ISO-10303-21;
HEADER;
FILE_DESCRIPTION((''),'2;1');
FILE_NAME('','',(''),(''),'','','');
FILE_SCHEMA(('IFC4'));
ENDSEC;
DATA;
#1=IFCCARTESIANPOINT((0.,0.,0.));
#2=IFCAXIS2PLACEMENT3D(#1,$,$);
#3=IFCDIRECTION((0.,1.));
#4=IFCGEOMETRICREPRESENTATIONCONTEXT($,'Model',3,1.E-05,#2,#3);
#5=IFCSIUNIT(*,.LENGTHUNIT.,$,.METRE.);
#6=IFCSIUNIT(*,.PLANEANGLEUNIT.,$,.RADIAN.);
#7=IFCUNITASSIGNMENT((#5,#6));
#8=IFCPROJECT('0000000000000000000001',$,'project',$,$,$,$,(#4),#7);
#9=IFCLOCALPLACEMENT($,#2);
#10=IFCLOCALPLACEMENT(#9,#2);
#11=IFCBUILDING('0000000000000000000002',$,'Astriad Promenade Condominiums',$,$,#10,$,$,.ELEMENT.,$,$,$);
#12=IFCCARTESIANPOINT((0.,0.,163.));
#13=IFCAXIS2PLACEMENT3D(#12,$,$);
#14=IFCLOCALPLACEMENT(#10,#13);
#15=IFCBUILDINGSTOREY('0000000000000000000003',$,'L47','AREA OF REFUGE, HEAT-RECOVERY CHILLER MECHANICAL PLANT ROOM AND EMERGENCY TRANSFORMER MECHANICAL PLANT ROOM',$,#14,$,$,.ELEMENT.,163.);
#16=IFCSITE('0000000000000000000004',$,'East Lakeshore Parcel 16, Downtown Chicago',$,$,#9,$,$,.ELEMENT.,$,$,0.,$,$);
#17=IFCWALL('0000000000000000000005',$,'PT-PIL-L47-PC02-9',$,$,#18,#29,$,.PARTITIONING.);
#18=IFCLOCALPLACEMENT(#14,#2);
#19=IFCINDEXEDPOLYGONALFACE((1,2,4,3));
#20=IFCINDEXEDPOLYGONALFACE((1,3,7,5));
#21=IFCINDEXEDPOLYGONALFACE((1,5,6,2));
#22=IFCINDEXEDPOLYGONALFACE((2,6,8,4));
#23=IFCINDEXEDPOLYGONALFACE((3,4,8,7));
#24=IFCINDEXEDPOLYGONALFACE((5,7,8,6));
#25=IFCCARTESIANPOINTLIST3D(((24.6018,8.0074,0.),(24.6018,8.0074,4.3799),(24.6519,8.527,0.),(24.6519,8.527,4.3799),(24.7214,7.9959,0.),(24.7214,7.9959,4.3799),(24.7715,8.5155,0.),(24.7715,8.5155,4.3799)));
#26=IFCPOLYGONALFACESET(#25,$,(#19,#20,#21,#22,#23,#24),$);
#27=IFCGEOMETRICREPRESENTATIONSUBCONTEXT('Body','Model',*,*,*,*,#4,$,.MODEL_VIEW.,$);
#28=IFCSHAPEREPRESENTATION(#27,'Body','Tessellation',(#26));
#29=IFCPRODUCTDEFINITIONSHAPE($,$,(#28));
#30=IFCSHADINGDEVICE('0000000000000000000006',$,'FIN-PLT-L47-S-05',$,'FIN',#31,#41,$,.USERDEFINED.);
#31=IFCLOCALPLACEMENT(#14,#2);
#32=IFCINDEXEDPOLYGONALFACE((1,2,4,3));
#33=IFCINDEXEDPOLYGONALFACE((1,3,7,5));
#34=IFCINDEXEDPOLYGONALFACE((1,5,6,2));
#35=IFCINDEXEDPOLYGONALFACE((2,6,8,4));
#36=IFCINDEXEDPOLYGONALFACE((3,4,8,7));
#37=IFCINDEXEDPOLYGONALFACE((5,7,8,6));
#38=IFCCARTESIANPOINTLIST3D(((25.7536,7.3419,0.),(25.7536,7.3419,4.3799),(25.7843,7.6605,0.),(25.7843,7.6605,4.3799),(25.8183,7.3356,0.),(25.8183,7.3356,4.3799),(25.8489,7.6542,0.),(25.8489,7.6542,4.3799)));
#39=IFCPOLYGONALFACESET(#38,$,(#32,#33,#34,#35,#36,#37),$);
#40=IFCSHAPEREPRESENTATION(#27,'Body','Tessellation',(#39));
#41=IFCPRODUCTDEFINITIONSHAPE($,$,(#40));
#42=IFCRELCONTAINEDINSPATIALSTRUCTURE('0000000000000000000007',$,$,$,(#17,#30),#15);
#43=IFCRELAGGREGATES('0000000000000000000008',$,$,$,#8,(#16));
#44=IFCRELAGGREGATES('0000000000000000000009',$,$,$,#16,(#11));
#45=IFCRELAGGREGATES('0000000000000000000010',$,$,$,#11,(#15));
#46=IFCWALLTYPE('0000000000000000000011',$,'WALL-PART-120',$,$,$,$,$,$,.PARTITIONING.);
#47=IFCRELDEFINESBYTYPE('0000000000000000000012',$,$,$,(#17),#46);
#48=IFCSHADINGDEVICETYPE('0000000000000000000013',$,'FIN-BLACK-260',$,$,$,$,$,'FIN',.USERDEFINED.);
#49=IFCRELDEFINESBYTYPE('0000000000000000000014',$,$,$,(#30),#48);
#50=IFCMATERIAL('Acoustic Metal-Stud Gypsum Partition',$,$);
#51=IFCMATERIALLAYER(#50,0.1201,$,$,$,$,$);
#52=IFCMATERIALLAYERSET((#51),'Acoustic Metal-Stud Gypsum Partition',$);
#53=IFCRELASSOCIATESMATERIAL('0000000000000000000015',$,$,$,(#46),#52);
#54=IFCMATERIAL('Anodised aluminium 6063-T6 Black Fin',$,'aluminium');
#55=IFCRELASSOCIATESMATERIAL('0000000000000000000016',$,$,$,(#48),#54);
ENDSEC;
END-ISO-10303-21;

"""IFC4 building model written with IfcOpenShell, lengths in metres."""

from ifc_helpers import new_model, si_unit, direction, frame, frame_2d, origin, origin_2d, place, context, subcontext, project, spatial, rectangle, extrude, source, transform, mapped, material, layer, layer_set, type_object, type_shapes, element, save


model = new_model("IFC4")

# Units and contexts
model_context = context("Model", 3, precision=1e-05, world=origin(), true_north=direction((0.0, 1.0)))
body_context = subcontext(model_context, "Body", "Model", "MODEL_VIEW")
ifc_project = project(units=[si_unit("LENGTHUNIT", "METRE"), si_unit("PLANEANGLEUNIT", "RADIAN")], contexts=[model_context])

# Site, building, storey
site_placement = place(None, origin())
site = spatial("IfcSite", under=ifc_project, at=site_placement, Name="East Lakeshore Parcel 16, Downtown Chicago", CompositionType="ELEMENT", RefElevation=0.0)
building_placement = place(site_placement, origin())
building = spatial("IfcBuilding", under=site, at=building_placement, Name="Astriad Promenade Condominiums", CompositionType="ELEMENT")
storey_placement = place(building_placement, frame((0.0, 0.0, 163.0)))
storey = spatial("IfcBuildingStorey", under=building, at=storey_placement, Name="L47", Description="AREA OF REFUGE, HEAT-RECOVERY CHILLER MECHANICAL PLANT ROOM AND EMERGENCY TRANSFORMER MECHANICAL PLANT ROOM", CompositionType="ELEMENT", Elevation=163.0)

# Wall
ifc_material_1 = material(Name="Acoustic Metal-Stud Gypsum Partition")
ifc_layer_1 = layer(ifc_material_1, 0.1201)
ifc_layer_set_1 = layer_set([ifc_layer_1], Name="Acoustic Metal-Stud Gypsum Partition")
wall_type_1 = type_object("IfcWallType", Name="WALL-PART-120", PredefinedType="PARTITIONING", material=ifc_layer_set_1)
wall_1_placement = place(storey_placement, frame((24.7117, 8.5212, 0.0), z_axis=(0.0, 0.0, 1.0), x_axis=(-0.095891, -0.995392, 0.0)))
element("IfcWall", 1, at=wall_1_placement, inside=storey, type_object=wall_type_1, Name="PT-PIL-L47-PC02-9", PredefinedType="PARTITIONING", context=body_context, shape_type="SweptSolid", body=[
    extrude(rectangle(XDim=0.522, YDim=0.1201, at=frame_2d((0.261, 0.0))), origin(), (0.0, 0.0, 1.0), 4.3799),
])

# Shading device
ifc_material_2 = material(Name="Anodised aluminium 6063-T6 Black Fin", Category="aluminium")
shading_device_type = type_object("IfcShadingDeviceType", Name="FIN-BLACK-260", ElementType="FIN", PredefinedType="USERDEFINED", material=ifc_material_2)
shared_shape_1 = source(origin(), body_context, "Body", "SweptSolid", [
    extrude(rectangle(XDim=0.0649, YDim=0.3201, at=origin_2d()), origin(), (0.0, 0.0, 1.0), 4.3799),
])
type_shapes(shading_device_type, [shared_shape_1])
shading_device_placement = place(storey_placement, frame((25.8013, 7.498, 0.0), z_axis=(0.0, 0.0, 1.0), x_axis=(-0.995396, 0.095846, 0.0)))
element("IfcShadingDevice", 2, at=shading_device_placement, inside=storey, type_object=shading_device_type, Name="FIN-PLT-L47-S-05", ObjectType="FIN", PredefinedType="USERDEFINED", context=body_context, shape_type="MappedRepresentation", body=[
    mapped(shared_shape_1, transform((0.0, 0.0, 0.0), scale=1.0)),
])

save(model, "model.ifc")
